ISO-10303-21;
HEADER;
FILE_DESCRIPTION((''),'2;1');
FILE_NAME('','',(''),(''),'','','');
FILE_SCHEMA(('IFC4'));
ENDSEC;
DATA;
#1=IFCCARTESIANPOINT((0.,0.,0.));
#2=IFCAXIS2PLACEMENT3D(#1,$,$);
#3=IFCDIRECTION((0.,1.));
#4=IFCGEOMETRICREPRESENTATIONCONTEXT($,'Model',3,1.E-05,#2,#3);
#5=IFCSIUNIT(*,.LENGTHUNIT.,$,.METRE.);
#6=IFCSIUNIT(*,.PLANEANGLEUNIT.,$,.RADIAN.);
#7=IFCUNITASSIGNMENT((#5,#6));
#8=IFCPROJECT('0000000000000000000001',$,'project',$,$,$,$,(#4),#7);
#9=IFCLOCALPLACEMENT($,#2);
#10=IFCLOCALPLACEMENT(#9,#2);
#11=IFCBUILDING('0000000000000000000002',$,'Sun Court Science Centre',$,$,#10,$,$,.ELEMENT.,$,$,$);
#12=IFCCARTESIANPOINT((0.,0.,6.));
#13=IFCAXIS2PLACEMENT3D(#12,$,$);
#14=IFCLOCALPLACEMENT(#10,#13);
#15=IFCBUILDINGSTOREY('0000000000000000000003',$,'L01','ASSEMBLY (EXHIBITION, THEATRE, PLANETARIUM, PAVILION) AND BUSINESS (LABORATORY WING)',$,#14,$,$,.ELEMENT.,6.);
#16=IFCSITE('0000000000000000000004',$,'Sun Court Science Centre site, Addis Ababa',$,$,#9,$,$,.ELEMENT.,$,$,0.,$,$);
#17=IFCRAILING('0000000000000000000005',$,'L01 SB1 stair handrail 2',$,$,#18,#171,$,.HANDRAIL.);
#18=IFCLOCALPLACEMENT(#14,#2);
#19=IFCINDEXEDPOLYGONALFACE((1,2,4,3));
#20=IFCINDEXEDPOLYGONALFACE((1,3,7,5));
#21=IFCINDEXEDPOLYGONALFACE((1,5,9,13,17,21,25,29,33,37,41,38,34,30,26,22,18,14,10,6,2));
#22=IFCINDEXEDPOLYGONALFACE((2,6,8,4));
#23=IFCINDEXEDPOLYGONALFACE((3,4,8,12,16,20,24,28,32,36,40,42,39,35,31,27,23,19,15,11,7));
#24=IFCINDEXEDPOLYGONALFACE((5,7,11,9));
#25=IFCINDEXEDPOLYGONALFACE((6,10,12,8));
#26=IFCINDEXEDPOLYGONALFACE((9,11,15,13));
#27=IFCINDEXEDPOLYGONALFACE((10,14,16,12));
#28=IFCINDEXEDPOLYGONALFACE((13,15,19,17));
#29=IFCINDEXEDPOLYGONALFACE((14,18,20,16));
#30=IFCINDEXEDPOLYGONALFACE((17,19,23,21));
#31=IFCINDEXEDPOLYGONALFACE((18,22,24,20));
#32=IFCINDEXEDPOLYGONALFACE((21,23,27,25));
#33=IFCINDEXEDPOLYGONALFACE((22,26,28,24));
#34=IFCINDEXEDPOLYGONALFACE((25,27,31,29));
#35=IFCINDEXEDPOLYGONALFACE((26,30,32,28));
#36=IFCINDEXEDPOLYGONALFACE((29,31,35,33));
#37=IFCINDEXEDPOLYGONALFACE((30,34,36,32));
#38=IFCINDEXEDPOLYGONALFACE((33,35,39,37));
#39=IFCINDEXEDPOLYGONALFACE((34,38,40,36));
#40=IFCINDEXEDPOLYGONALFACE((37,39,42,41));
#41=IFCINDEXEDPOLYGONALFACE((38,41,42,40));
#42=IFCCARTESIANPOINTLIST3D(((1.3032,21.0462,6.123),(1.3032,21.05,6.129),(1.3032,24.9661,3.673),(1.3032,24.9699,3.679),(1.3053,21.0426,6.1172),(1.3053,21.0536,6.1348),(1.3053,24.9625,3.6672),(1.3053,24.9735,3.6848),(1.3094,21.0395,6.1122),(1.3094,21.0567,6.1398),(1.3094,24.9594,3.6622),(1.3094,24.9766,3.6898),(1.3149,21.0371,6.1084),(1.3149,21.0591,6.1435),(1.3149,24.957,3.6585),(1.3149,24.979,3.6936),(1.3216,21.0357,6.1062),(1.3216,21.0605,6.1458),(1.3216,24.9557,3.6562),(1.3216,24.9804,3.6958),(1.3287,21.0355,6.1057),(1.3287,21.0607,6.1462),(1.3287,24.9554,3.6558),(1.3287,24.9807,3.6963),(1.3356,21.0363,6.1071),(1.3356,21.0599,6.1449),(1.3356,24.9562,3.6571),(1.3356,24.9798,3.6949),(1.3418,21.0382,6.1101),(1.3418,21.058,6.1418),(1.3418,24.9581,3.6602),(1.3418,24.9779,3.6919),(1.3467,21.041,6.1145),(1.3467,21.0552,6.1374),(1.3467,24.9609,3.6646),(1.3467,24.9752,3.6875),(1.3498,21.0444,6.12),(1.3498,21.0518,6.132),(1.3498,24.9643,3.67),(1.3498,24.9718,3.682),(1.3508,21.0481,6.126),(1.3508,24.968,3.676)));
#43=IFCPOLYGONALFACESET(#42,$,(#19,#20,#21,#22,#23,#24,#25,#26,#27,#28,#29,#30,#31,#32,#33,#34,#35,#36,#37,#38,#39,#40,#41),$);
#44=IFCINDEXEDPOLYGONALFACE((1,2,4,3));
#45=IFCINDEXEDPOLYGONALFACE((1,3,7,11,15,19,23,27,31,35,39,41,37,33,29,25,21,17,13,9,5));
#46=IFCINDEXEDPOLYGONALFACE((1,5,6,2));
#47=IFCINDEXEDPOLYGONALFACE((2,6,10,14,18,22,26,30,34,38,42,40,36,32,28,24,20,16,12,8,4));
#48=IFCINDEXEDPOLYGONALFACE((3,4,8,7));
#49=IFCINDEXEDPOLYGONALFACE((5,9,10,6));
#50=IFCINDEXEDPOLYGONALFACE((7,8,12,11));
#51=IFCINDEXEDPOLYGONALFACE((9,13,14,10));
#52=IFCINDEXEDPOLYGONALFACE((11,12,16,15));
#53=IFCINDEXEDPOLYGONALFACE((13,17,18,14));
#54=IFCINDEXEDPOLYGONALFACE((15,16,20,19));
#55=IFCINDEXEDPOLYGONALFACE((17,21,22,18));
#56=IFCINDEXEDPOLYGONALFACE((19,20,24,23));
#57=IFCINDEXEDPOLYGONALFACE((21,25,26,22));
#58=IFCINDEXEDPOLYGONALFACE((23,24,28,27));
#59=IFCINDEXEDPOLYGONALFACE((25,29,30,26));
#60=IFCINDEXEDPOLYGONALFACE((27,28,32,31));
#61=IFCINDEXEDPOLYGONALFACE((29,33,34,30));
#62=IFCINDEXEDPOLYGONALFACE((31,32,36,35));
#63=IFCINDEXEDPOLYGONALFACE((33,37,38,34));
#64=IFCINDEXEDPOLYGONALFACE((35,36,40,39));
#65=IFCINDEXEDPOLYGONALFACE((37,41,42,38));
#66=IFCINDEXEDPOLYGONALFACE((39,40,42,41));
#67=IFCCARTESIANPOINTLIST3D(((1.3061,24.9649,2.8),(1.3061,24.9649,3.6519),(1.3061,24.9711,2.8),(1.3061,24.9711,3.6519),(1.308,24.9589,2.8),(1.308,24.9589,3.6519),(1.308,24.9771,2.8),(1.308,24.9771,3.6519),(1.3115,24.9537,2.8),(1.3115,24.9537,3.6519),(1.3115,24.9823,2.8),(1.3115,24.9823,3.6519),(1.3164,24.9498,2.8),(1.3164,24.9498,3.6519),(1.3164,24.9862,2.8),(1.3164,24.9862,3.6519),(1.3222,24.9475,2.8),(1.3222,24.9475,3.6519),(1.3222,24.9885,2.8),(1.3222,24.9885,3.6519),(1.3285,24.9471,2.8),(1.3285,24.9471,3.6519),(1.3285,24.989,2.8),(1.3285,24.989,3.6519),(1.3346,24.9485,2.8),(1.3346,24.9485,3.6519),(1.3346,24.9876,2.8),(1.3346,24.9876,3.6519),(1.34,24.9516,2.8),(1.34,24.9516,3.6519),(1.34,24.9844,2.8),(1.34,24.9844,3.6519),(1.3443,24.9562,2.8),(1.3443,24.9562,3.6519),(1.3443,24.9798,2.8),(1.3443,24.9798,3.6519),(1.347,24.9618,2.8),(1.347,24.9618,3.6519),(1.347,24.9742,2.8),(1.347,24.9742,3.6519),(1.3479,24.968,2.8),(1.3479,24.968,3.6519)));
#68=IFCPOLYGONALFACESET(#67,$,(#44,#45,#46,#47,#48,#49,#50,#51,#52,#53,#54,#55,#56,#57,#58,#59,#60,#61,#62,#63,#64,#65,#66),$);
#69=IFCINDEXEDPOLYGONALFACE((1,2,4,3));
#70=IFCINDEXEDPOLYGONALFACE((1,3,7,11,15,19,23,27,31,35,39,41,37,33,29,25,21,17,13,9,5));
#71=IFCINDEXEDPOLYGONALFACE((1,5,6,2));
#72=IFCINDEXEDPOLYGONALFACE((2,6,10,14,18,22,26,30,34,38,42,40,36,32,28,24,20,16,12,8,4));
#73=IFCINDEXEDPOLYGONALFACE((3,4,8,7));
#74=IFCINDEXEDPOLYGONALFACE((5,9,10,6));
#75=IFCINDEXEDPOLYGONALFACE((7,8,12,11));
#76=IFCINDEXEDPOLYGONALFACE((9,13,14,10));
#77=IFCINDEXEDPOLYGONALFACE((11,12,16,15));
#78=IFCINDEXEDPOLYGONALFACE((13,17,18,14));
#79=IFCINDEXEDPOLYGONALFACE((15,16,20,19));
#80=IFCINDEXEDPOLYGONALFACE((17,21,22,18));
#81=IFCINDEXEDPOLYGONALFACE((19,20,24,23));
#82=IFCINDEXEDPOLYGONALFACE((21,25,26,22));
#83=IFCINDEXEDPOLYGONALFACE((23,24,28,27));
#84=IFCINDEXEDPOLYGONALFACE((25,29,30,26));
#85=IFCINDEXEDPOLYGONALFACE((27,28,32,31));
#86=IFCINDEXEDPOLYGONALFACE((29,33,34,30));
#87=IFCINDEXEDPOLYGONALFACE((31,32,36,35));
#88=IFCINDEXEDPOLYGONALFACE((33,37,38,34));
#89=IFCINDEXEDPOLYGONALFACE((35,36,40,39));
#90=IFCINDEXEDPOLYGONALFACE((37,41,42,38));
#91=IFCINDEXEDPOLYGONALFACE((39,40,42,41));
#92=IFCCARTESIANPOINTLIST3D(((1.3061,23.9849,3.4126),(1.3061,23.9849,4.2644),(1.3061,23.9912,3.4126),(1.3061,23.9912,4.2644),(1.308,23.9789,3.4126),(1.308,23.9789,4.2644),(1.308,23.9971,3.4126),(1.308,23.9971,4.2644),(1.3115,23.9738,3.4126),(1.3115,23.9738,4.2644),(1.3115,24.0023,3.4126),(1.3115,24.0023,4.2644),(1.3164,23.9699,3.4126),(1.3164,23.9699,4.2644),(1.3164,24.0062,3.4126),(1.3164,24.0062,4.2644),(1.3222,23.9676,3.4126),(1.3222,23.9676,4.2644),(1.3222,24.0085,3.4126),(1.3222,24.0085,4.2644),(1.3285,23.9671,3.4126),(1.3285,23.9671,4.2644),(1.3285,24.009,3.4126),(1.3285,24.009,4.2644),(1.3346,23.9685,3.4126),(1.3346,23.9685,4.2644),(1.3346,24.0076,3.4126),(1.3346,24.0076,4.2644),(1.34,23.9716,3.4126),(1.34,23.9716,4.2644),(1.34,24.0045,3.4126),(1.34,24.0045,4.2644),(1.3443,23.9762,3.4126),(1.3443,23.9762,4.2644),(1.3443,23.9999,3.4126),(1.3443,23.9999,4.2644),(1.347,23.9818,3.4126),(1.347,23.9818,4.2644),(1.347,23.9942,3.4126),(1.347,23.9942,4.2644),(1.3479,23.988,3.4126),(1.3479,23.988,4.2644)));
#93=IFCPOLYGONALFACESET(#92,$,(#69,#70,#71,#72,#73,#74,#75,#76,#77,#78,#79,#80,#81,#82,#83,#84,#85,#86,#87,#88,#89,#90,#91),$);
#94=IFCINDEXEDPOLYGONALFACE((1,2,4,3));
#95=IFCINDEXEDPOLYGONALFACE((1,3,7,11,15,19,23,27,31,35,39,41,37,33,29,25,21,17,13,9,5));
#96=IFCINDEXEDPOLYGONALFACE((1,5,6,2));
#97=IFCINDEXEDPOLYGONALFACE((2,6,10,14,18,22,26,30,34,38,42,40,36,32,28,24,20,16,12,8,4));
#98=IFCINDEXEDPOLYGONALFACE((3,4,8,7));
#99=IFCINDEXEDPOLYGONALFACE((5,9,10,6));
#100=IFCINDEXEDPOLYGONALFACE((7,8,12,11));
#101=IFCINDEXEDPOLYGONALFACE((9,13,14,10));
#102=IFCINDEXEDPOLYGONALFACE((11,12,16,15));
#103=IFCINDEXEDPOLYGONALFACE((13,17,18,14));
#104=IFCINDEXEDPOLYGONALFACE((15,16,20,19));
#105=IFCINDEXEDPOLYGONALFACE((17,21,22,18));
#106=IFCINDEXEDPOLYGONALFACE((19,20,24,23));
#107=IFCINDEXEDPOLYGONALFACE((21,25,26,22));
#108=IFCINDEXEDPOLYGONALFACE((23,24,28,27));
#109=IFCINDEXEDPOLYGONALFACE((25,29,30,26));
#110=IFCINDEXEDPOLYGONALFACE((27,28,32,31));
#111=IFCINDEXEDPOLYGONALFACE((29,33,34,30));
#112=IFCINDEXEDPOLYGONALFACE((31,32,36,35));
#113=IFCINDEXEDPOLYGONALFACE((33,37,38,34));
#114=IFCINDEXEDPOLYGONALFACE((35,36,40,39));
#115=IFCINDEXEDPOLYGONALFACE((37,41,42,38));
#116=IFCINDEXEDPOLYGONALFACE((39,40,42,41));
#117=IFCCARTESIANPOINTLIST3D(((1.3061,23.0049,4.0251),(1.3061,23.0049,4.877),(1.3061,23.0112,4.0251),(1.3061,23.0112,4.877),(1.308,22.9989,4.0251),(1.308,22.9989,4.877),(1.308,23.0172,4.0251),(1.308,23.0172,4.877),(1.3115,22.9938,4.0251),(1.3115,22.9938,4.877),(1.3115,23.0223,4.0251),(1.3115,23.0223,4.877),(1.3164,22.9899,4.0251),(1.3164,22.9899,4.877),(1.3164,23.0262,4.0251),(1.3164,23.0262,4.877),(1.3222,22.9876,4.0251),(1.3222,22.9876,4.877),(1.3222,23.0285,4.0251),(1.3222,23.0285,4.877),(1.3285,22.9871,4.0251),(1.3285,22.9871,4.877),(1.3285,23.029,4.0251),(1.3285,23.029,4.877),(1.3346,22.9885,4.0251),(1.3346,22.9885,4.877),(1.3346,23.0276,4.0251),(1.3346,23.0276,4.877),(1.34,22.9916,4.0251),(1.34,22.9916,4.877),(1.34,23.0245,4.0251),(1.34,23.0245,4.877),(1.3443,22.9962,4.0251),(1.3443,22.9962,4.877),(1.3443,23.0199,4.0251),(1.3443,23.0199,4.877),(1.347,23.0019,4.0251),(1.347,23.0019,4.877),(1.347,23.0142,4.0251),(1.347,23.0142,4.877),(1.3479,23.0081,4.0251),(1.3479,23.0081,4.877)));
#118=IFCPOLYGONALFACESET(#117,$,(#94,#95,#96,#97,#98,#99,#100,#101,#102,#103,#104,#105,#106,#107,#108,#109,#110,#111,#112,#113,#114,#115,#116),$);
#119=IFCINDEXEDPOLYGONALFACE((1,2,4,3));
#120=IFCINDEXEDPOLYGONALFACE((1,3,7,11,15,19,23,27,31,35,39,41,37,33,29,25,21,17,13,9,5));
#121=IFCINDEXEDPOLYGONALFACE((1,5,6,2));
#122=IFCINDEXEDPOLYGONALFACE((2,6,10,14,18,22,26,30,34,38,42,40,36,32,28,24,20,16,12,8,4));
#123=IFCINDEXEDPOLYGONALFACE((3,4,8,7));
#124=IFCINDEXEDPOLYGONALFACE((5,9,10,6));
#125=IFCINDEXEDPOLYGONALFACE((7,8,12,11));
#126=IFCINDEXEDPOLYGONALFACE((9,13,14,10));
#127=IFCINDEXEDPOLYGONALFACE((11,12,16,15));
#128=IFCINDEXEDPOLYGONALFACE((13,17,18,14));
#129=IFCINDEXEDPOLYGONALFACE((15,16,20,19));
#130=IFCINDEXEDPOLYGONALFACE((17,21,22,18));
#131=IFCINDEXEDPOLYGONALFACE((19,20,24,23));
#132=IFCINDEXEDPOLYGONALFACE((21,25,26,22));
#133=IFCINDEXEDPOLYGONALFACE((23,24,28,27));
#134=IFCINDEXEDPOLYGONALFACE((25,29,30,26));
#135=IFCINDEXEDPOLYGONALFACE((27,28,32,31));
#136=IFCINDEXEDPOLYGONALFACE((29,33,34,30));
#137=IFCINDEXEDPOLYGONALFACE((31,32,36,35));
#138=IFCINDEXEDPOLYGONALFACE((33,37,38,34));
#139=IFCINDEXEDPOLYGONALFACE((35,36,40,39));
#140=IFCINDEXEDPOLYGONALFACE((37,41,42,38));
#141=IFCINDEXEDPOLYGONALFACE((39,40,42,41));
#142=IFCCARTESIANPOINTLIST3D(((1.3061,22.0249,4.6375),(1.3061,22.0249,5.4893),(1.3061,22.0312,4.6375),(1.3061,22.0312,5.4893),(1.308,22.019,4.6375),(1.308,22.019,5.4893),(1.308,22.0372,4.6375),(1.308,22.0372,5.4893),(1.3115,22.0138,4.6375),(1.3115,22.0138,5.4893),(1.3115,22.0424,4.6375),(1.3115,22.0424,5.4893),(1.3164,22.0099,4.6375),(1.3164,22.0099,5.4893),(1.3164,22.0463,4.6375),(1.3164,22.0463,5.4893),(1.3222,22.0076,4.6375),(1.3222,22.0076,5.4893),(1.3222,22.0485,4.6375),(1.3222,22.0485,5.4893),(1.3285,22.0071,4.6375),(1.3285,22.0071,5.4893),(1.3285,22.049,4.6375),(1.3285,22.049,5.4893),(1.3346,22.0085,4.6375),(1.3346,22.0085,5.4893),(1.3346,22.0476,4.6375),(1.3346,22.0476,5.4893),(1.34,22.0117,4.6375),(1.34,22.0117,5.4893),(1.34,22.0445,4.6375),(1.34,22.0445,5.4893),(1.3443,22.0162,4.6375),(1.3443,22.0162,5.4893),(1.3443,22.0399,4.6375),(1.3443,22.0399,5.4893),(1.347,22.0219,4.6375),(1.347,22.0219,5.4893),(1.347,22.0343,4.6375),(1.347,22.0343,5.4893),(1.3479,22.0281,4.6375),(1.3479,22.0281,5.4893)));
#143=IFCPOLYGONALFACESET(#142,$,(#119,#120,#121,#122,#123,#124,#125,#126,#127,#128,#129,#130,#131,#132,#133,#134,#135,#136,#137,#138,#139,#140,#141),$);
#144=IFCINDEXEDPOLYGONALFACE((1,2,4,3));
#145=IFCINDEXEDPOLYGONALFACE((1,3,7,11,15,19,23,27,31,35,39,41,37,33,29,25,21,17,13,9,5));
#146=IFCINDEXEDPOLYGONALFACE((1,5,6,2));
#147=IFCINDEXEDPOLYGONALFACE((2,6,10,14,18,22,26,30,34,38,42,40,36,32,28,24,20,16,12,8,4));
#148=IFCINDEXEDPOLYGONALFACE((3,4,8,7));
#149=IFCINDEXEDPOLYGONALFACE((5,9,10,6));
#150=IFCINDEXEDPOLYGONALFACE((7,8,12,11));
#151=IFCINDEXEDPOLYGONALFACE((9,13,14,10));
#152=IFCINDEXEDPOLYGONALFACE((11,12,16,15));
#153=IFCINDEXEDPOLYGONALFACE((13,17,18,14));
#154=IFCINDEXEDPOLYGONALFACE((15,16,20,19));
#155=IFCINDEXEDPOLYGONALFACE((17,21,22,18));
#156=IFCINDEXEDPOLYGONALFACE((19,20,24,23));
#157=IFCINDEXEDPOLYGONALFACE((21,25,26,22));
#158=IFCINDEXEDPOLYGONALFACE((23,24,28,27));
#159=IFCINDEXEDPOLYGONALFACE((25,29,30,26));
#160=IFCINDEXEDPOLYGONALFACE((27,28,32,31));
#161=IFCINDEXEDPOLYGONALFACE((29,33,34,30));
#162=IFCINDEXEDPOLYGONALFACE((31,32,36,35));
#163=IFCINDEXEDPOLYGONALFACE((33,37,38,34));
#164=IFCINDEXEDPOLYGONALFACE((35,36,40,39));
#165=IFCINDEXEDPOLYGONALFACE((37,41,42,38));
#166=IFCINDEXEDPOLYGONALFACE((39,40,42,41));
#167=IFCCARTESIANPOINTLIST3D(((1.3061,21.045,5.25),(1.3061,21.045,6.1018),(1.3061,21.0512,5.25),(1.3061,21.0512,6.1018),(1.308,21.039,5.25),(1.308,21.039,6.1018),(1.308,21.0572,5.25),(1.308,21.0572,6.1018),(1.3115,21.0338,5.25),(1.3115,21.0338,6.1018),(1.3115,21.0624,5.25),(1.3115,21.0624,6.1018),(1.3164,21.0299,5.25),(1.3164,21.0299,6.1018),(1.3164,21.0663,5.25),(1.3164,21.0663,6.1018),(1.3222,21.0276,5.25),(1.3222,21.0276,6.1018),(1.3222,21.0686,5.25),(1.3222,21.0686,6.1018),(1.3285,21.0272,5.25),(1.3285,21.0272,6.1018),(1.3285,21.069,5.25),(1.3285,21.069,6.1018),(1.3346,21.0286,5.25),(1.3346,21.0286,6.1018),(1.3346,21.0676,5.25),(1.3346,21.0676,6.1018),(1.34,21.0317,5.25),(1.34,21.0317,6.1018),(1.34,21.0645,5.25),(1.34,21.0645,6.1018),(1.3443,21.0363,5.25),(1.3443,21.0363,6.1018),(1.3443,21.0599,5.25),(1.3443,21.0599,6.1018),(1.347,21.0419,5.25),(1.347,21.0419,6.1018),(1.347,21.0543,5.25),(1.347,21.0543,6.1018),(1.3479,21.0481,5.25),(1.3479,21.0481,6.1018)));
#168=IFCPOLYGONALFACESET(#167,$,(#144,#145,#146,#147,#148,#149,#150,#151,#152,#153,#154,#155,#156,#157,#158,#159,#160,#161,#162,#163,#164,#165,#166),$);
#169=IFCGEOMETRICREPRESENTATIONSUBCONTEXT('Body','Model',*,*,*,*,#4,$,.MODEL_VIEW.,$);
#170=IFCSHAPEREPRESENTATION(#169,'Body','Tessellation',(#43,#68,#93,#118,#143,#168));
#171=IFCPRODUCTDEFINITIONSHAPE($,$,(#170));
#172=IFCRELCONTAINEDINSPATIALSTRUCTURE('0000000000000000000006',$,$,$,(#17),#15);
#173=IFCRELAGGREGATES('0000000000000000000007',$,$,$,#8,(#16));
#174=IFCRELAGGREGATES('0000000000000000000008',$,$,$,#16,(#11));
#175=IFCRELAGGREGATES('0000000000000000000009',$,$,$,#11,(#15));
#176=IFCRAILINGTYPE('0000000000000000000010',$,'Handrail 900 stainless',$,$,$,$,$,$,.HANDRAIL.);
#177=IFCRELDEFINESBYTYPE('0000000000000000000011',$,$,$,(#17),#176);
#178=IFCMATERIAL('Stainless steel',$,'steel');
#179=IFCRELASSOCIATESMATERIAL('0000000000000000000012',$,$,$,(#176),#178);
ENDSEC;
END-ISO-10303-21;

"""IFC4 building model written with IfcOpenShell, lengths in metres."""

from ifc_helpers import new_model, si_unit, direction, frame, origin, origin_2d, place, context, subcontext, project, spatial, circle, extrude, material, type_object, element, save


model = new_model("IFC4")

# Units and contexts
model_context = context("Model", 3, precision=1e-05, world=origin(), true_north=direction((0.0, 1.0)))
body_context = subcontext(model_context, "Body", "Model", "MODEL_VIEW")
ifc_project = project(units=[si_unit("LENGTHUNIT", "METRE"), si_unit("PLANEANGLEUNIT", "RADIAN")], contexts=[model_context])

# Site, building, storey
site_placement = place(None, origin())
site = spatial("IfcSite", under=ifc_project, at=site_placement, Name="Sun Court Science Centre site, Addis Ababa", CompositionType="ELEMENT", RefElevation=0.0)
building_placement = place(site_placement, origin())
building = spatial("IfcBuilding", under=site, at=building_placement, Name="Sun Court Science Centre", CompositionType="ELEMENT")
storey_placement = place(building_placement, frame((0.0, 0.0, 6.0)))
storey = spatial("IfcBuildingStorey", under=building, at=storey_placement, Name="L01", Description="ASSEMBLY (EXHIBITION, THEATRE, PLANETARIUM, PAVILION) AND BUSINESS (LABORATORY WING)", CompositionType="ELEMENT", Elevation=6.0)

# Railing
ifc_material_1 = material(Name="Stainless steel", Category="steel")
railing_type_1 = type_object("IfcRailingType", Name="Handrail 900 stainless", PredefinedType="HANDRAIL", material=ifc_material_1)
railing_1_placement = place(storey_placement, frame((1.3269, 24.968, 2.8)))
element("IfcRailing", 1, at=railing_1_placement, inside=storey, type_object=railing_type_1, Name="L01 SB1 stair handrail 2", PredefinedType="HANDRAIL", context=body_context, shape_type="SweptSolid", body=[
    extrude(circle(Radius=0.0239, at=origin_2d()), frame((0.0, 0.0, 0.876), z_axis=(0.0, -0.847998, 0.529999), x_axis=(1.0, 0.0, 0.0)), (0.0, 0.0, 1.0), 4.6226),
    extrude(circle(Radius=0.021, at=origin_2d()), origin(), (0.0, 0.0, 1.0), 0.8518),
    extrude(circle(Radius=0.021, at=origin_2d()), frame((0.0, -0.98, 0.6125)), (0.0, 0.0, 1.0), 0.8518),
    extrude(circle(Radius=0.021, at=origin_2d()), frame((0.0, -1.96, 1.2251)), (0.0, 0.0, 1.0), 0.8518),
    extrude(circle(Radius=0.021, at=origin_2d()), frame((0.0, -2.9399, 1.8374)), (0.0, 0.0, 1.0), 0.8518),
    extrude(circle(Radius=0.021, at=origin_2d()), frame((0.0, -3.9199, 2.45)), (0.0, 0.0, 1.0), 0.8518),
])

save(model, "model.ifc")
